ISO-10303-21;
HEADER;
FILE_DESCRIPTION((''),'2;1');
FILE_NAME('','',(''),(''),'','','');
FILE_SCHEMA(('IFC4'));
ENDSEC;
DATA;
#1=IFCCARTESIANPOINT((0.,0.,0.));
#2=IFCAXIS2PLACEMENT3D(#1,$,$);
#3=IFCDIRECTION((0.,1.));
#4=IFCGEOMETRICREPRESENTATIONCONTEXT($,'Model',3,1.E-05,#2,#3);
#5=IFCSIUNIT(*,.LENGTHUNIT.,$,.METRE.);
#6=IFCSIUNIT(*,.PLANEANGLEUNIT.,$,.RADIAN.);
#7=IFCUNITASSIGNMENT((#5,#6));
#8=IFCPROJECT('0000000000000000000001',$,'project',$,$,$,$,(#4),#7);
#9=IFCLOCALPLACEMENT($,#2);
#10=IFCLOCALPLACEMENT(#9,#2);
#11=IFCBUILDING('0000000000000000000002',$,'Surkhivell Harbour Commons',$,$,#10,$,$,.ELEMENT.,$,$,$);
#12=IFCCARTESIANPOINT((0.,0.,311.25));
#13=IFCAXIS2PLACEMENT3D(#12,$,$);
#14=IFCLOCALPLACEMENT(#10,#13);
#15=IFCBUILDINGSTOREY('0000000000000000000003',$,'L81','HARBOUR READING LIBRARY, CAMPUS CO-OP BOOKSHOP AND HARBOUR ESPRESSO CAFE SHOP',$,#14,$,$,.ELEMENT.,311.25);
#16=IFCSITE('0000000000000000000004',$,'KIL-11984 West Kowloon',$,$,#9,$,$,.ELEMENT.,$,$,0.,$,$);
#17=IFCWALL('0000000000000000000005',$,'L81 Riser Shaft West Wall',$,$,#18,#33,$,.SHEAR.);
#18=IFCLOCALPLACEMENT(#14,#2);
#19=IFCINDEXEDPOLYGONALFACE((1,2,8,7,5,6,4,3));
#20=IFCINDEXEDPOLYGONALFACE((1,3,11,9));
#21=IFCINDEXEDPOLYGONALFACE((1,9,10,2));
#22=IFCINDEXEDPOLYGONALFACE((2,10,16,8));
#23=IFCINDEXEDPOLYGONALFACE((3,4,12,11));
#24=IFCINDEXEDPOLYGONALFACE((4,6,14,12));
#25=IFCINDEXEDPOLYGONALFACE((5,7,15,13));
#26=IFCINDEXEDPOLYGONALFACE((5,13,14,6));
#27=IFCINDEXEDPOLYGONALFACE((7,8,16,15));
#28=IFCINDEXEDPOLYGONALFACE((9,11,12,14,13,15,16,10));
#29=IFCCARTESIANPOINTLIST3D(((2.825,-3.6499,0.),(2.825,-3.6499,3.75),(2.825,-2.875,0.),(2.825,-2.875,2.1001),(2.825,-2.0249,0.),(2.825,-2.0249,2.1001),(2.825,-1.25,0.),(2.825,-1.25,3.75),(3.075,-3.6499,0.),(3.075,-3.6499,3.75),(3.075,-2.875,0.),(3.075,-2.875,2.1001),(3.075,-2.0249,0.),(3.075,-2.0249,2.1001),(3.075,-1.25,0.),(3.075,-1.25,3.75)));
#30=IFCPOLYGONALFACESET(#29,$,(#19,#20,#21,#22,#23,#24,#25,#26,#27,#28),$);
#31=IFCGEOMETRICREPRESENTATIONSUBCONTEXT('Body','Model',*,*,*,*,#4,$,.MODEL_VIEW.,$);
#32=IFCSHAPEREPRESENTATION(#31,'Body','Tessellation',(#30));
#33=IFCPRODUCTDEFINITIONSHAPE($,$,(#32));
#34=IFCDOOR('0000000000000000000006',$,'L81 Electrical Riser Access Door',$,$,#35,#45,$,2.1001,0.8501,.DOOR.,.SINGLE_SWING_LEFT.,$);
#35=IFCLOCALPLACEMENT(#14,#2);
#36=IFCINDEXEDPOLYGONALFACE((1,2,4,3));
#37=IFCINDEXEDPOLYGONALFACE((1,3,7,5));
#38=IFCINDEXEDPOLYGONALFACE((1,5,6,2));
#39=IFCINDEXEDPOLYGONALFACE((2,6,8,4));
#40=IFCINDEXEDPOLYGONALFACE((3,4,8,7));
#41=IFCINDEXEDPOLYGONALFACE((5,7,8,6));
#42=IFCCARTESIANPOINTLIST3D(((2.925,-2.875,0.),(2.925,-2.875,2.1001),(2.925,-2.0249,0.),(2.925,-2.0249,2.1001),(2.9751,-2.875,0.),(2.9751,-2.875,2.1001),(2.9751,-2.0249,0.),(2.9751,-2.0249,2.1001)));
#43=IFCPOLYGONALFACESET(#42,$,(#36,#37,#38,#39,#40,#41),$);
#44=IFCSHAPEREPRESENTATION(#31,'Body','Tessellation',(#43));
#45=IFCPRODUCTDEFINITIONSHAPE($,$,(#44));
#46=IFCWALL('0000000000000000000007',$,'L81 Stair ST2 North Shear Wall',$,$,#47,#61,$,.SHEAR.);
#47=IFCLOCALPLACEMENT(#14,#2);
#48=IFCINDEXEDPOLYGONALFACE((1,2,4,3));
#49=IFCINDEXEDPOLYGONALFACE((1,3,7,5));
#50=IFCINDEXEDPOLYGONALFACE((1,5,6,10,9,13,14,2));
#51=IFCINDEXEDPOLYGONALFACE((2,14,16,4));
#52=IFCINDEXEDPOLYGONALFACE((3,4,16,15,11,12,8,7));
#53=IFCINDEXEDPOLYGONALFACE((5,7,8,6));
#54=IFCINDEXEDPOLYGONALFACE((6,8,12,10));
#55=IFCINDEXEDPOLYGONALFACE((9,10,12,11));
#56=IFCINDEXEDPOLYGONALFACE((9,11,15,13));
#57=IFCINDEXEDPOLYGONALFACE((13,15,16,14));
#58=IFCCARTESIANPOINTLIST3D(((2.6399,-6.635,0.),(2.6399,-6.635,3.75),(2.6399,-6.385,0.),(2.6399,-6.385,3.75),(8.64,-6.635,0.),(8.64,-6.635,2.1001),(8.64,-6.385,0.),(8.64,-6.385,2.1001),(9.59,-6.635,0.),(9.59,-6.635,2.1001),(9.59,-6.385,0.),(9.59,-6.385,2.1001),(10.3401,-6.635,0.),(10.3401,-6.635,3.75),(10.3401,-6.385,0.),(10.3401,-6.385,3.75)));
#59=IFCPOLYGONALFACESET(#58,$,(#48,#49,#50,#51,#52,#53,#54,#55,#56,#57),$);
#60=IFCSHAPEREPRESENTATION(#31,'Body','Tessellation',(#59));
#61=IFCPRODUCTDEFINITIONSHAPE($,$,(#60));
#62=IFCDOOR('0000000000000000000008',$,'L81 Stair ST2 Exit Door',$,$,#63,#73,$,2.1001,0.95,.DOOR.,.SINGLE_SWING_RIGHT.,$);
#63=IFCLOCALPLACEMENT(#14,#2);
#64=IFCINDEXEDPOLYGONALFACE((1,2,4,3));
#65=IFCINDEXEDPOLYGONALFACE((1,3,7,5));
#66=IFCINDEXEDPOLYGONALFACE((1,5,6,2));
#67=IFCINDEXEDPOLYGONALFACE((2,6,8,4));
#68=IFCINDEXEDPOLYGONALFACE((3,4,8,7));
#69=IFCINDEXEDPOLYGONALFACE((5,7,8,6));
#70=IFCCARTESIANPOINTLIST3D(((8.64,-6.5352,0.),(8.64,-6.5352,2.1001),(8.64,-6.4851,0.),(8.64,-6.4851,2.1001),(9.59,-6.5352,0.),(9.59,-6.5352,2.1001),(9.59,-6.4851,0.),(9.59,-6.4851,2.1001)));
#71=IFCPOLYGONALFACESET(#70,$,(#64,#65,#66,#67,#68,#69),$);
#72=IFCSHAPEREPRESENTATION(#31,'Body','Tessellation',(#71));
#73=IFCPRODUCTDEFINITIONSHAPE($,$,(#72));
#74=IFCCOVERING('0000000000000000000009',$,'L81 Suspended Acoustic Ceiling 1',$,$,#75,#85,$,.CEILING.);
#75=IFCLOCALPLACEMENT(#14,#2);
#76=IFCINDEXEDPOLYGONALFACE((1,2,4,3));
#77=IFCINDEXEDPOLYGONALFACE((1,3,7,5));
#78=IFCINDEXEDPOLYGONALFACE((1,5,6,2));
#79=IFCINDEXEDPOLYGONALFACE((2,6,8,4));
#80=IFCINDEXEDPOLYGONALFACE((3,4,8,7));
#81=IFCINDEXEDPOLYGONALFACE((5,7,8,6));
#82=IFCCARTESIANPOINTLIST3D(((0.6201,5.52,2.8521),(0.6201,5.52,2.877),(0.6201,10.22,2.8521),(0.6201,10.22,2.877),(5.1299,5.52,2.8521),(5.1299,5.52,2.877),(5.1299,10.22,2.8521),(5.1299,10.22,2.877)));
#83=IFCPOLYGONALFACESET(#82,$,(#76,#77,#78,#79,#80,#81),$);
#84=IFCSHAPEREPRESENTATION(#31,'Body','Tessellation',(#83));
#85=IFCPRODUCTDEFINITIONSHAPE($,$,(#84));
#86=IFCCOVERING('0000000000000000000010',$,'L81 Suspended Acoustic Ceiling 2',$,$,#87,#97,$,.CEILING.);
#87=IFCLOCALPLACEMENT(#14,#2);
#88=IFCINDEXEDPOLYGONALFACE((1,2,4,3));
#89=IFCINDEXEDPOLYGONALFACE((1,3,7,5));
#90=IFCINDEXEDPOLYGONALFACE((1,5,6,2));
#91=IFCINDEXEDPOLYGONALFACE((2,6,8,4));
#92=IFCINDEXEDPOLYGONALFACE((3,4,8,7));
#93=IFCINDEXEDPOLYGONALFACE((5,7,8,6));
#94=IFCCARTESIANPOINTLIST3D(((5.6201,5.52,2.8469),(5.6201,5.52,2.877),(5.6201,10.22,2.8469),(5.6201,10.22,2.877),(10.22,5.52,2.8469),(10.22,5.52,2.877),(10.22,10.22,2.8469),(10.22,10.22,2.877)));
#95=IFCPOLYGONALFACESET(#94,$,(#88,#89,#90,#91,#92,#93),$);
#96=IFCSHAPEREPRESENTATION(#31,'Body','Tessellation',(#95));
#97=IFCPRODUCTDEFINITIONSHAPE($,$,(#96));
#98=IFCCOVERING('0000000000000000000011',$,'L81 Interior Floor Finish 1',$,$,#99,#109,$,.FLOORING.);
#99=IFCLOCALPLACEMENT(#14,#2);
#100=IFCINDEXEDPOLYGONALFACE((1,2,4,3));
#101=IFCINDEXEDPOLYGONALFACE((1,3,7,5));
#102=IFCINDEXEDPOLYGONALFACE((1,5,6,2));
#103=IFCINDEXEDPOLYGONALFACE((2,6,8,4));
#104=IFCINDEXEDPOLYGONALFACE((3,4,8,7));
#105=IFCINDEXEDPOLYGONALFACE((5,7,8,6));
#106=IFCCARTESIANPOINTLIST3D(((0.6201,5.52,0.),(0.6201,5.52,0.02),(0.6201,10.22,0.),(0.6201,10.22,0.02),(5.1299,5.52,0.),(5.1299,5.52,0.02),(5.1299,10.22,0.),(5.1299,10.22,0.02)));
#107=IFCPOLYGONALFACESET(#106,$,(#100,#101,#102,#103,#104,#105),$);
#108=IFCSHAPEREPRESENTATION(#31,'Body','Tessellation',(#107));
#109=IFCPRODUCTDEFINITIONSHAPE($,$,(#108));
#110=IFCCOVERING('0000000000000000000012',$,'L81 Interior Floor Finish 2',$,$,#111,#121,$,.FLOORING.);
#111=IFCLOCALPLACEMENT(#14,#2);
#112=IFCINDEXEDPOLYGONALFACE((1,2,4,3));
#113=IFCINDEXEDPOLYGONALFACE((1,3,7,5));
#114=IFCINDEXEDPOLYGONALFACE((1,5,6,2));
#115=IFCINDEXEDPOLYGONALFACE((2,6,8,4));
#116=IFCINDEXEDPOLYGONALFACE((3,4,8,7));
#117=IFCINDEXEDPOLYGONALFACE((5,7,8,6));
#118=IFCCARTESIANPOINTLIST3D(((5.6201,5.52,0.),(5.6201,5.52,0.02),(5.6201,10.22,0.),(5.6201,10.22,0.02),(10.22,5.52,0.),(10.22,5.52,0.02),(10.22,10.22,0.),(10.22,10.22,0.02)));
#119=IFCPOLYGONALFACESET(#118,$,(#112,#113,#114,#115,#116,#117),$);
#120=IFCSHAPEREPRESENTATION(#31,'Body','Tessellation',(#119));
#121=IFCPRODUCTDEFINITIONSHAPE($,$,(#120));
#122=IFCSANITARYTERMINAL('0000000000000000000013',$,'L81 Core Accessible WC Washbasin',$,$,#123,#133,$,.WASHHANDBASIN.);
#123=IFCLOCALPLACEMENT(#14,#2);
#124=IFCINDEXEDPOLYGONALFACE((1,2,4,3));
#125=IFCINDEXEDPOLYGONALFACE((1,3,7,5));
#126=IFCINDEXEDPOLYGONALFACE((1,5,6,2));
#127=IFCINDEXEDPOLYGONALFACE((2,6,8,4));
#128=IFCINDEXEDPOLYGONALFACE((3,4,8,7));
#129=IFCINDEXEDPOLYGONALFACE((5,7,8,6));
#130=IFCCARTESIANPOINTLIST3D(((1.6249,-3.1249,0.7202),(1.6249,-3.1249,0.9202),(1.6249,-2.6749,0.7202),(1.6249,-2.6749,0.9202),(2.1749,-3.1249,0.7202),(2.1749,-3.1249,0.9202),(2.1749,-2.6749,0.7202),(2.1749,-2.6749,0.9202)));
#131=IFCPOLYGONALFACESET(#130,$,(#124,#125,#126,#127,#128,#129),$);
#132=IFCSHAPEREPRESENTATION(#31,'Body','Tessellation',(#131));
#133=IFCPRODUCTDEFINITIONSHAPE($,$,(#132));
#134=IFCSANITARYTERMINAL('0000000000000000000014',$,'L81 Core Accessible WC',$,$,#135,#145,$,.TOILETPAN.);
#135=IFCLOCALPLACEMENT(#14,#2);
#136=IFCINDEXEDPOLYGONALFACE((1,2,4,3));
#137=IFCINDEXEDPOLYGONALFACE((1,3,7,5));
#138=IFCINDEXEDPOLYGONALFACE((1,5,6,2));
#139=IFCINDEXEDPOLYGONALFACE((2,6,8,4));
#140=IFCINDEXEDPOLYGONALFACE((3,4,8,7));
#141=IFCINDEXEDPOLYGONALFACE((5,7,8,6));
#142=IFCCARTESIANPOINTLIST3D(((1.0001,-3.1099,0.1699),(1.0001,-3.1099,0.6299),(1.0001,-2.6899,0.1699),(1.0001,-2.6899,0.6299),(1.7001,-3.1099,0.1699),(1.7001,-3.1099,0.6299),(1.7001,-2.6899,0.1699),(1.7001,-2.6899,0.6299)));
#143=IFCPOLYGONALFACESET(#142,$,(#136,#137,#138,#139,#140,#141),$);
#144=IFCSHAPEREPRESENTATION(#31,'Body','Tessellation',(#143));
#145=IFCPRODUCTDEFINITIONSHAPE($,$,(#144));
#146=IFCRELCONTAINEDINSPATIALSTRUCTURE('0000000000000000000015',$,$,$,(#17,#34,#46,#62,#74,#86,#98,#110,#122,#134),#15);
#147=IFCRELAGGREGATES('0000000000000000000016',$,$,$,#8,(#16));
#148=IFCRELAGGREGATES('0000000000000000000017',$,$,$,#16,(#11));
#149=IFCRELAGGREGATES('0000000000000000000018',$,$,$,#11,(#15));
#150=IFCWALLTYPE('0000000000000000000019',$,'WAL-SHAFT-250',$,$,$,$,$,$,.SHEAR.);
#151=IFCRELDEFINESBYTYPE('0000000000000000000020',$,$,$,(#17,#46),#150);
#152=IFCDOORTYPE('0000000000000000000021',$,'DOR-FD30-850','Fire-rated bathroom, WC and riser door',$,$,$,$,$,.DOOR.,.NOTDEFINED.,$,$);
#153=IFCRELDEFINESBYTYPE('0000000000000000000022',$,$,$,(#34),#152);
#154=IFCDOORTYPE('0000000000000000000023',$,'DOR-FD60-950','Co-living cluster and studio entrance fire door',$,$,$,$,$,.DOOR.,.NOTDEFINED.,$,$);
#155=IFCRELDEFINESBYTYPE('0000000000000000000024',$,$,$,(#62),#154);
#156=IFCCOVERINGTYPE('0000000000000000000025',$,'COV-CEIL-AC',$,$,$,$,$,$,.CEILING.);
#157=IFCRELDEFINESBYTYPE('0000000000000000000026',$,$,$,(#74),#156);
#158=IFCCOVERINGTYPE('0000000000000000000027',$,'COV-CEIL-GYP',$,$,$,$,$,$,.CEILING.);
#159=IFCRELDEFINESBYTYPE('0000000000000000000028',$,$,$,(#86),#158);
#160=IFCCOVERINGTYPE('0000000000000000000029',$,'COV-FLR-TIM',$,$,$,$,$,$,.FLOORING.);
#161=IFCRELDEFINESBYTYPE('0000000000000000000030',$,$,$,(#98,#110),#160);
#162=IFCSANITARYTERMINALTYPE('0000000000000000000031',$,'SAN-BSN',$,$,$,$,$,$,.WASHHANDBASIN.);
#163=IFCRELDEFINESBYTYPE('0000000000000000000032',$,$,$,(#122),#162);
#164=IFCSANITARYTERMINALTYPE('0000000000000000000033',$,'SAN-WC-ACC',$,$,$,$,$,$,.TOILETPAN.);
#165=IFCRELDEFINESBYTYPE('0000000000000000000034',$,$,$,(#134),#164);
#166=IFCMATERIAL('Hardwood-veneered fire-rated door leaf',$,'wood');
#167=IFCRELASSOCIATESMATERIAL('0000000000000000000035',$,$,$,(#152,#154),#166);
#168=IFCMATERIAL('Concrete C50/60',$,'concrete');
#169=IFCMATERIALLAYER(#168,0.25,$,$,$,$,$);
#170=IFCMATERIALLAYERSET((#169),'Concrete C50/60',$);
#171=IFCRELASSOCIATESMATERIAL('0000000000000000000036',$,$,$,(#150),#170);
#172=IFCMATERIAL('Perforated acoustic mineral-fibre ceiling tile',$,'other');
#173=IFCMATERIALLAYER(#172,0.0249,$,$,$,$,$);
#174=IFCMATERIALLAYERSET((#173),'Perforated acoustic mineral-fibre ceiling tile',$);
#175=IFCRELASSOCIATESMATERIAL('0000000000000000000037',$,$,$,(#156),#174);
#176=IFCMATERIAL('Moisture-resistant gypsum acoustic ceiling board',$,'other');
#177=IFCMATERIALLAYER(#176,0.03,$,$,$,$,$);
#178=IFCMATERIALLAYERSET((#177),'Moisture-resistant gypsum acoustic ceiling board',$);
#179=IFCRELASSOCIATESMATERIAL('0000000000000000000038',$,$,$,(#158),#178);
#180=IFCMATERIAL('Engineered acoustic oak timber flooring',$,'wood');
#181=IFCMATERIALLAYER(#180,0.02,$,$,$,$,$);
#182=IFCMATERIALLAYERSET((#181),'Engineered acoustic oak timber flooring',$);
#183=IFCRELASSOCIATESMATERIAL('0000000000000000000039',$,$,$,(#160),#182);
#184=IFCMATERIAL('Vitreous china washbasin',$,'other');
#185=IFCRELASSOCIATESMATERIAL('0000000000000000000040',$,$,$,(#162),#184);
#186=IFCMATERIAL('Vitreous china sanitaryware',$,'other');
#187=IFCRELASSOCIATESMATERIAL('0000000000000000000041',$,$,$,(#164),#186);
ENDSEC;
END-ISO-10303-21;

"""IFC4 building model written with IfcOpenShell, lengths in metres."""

from ifc_helpers import new_model, si_unit, direction, frame, frame_2d, origin, origin_2d, place, context, subcontext, project, spatial, polyline, rectangle, outline, extrude, material, layer, layer_set, type_object, element, fill, save


model = new_model("IFC4")

# Units and contexts
model_context = context("Model", 3, precision=1e-05, world=origin(), true_north=direction((0.0, 1.0)))
body_context = subcontext(model_context, "Body", "Model", "MODEL_VIEW")
ifc_project = project(units=[si_unit("LENGTHUNIT", "METRE"), si_unit("PLANEANGLEUNIT", "RADIAN")], contexts=[model_context])

# Site, building, storey
site_placement = place(None, origin())
site = spatial("IfcSite", under=ifc_project, at=site_placement, Name="KIL-11984 West Kowloon", CompositionType="ELEMENT", RefElevation=0.0)
building_placement = place(site_placement, origin())
building = spatial("IfcBuilding", under=site, at=building_placement, Name="Surkhivell Harbour Commons", CompositionType="ELEMENT")
storey_placement = place(building_placement, frame((0.0, 0.0, 311.25)))
storey = spatial("IfcBuildingStorey", under=building, at=storey_placement, Name="L81", Description="HARBOUR READING LIBRARY, CAMPUS CO-OP BOOKSHOP AND HARBOUR ESPRESSO CAFE SHOP", CompositionType="ELEMENT", Elevation=311.25)

# Shared definitions
ifc_material_1 = material(Name="Hardwood-veneered fire-rated door leaf", Category="wood")
door_type_1 = type_object("IfcDoorType", Name="DOR-FD30-850", Description="Fire-rated bathroom, WC and riser door", OperationType="NOTDEFINED", PredefinedType="DOOR", material=ifc_material_1)

# Shared definitions
ifc_material_2 = material(Name="Concrete C50/60", Category="concrete")
ifc_layer_1 = layer(ifc_material_2, 0.25)
ifc_layer_set_1 = layer_set([ifc_layer_1], Name="Concrete C50/60")
wall_type_1 = type_object("IfcWallType", Name="WAL-SHAFT-250", PredefinedType="SHEAR", material=ifc_layer_set_1)

# Walls, openings, doors
wall_1_placement = place(storey_placement, frame((2.95, -3.6499, 0.0), z_axis=(0.0, 0.0, 1.0), x_axis=(0.0, 1.0, 0.0)))
wall_1 = element("IfcWall", 1, at=wall_1_placement, inside=storey, type_object=wall_type_1, Name="L81 Riser Shaft West Wall", PredefinedType="SHEAR", context=body_context, shape_type="SweptSolid", body=[
    extrude(rectangle(XDim=2.3999, YDim=0.25, at=frame_2d((1.2, 0.0))), origin(), (0.0, 0.0, 1.0), 3.75),
])
opening_1_placement = place(wall_1_placement, frame((0.7749, 0.0, 0.0)))
opening_1 = element("IfcOpeningElement", 2, at=opening_1_placement, cuts=wall_1, PredefinedType="OPENING", context=body_context, shape_type="SweptSolid", body=[
    extrude(rectangle(XDim=0.8501, YDim=2.1001, at=frame_2d((0.425, 1.05))), frame((0.0, 0.135, 0.0), z_axis=(0.0, -1.0, 0.0), x_axis=(1.0, 0.0, 0.0)), (0.0, 0.0, 1.0), 0.27),
])
door_1_placement = place(opening_1_placement, origin())
door_1 = element("IfcDoor", 3, at=door_1_placement, inside=storey, type_object=door_type_1, Name="L81 Electrical Riser Access Door", OperationType="SINGLE_SWING_LEFT", OverallHeight=2.1001, OverallWidth=0.8501, PredefinedType="DOOR", context=body_context, shape_type="SweptSolid", body=[
    extrude(rectangle(XDim=0.8501, YDim=2.1001, at=frame_2d((0.425, 1.05))), frame((0.0, 0.0249, 0.0), z_axis=(0.0, -1.0, 0.0), x_axis=(1.0, 0.0, 0.0)), (0.0, 0.0, 1.0), 0.05),
])
fill(opening_1, door_1)
wall_2_placement = place(storey_placement, frame((2.6399, -6.51, 0.0), z_axis=(0.0, 0.0, 1.0), x_axis=(1.0, 0.0, 0.0)))
wall_2 = element("IfcWall", 4, at=wall_2_placement, inside=storey, type_object=wall_type_1, Name="L81 Stair ST2 North Shear Wall", PredefinedType="SHEAR", context=body_context, shape_type="SweptSolid", body=[
    extrude(rectangle(XDim=7.7002, YDim=0.25, at=frame_2d((3.8501, 0.0))), origin(), (0.0, 0.0, 1.0), 3.75),
])
opening_2_placement = place(wall_2_placement, frame((6.0, 0.0, 0.0)))
opening_2 = element("IfcOpeningElement", 5, at=opening_2_placement, cuts=wall_2, PredefinedType="OPENING", context=body_context, shape_type="SweptSolid", body=[
    extrude(rectangle(XDim=0.95, YDim=2.1001, at=frame_2d((0.4751, 1.05))), frame((0.0, 0.135, 0.0), z_axis=(0.0, -1.0, 0.0), x_axis=(1.0, 0.0, 0.0)), (0.0, 0.0, 1.0), 0.27),
])
door_type_2 = type_object("IfcDoorType", Name="DOR-FD60-950", Description="Co-living cluster and studio entrance fire door", OperationType="NOTDEFINED", PredefinedType="DOOR", material=ifc_material_1)
door_2_placement = place(opening_2_placement, origin())
door_2 = element("IfcDoor", 6, at=door_2_placement, inside=storey, type_object=door_type_2, Name="L81 Stair ST2 Exit Door", OperationType="SINGLE_SWING_RIGHT", OverallHeight=2.1001, OverallWidth=0.95, PredefinedType="DOOR", context=body_context, shape_type="SweptSolid", body=[
    extrude(rectangle(XDim=0.95, YDim=2.1001, at=frame_2d((0.4751, 1.05))), frame((0.0, 0.0249, 0.0), z_axis=(0.0, -1.0, 0.0), x_axis=(1.0, 0.0, 0.0)), (0.0, 0.0, 1.0), 0.05),
])
fill(opening_2, door_2)

# Coverings
ifc_material_3 = material(Name="Perforated acoustic mineral-fibre ceiling tile", Category="other")
ifc_layer_2 = layer(ifc_material_3, 0.0249)
ifc_layer_set_2 = layer_set([ifc_layer_2], Name="Perforated acoustic mineral-fibre ceiling tile")
covering_type_1 = type_object("IfcCoveringType", Name="COV-CEIL-AC", PredefinedType="CEILING", material=ifc_layer_set_2)
covering_1_placement = place(storey_placement, frame((0.0, 0.0, 2.8521)))
element("IfcCovering", 7, at=covering_1_placement, inside=storey, type_object=covering_type_1, Name="L81 Suspended Acoustic Ceiling 1", PredefinedType="CEILING", context=body_context, shape_type="SweptSolid", body=[
    extrude(outline(polyline([(0.6201, 5.52), (5.1299, 5.52), (5.1299, 10.22), (0.6201, 10.22), (0.6201, 5.52)])), origin(), (0.0, 0.0, 1.0), 0.0249),
])
ifc_material_4 = material(Name="Moisture-resistant gypsum acoustic ceiling board", Category="other")
ifc_layer_3 = layer(ifc_material_4, 0.03)
ifc_layer_set_3 = layer_set([ifc_layer_3], Name="Moisture-resistant gypsum acoustic ceiling board")
covering_type_2 = type_object("IfcCoveringType", Name="COV-CEIL-GYP", PredefinedType="CEILING", material=ifc_layer_set_3)
covering_2_placement = place(storey_placement, frame((0.0, 0.0, 2.8469)))
element("IfcCovering", 8, at=covering_2_placement, inside=storey, type_object=covering_type_2, Name="L81 Suspended Acoustic Ceiling 2", PredefinedType="CEILING", context=body_context, shape_type="SweptSolid", body=[
    extrude(outline(polyline([(5.6201, 5.52), (10.22, 5.52), (10.22, 10.22), (5.6201, 10.22), (5.6201, 5.52)])), origin(), (0.0, 0.0, 1.0), 0.03),
])
ifc_material_5 = material(Name="Engineered acoustic oak timber flooring", Category="wood")
ifc_layer_4 = layer(ifc_material_5, 0.02)
ifc_layer_set_4 = layer_set([ifc_layer_4], Name="Engineered acoustic oak timber flooring")
covering_type_3 = type_object("IfcCoveringType", Name="COV-FLR-TIM", PredefinedType="FLOORING", material=ifc_layer_set_4)
covering_3_placement = place(storey_placement, origin())
element("IfcCovering", 9, at=covering_3_placement, inside=storey, type_object=covering_type_3, Name="L81 Interior Floor Finish 1", PredefinedType="FLOORING", context=body_context, shape_type="SweptSolid", body=[
    extrude(outline(polyline([(0.6201, 5.52), (5.1299, 5.52), (5.1299, 10.22), (0.6201, 10.22), (0.6201, 5.52)])), origin(), (0.0, 0.0, 1.0), 0.02),
])
covering_4_placement = place(storey_placement, origin())
element("IfcCovering", 10, at=covering_4_placement, inside=storey, type_object=covering_type_3, Name="L81 Interior Floor Finish 2", PredefinedType="FLOORING", context=body_context, shape_type="SweptSolid", body=[
    extrude(outline(polyline([(5.6201, 5.52), (10.22, 5.52), (10.22, 10.22), (5.6201, 10.22), (5.6201, 5.52)])), origin(), (0.0, 0.0, 1.0), 0.02),
])

# Sanitary terminals
ifc_material_6 = material(Name="Vitreous china washbasin", Category="other")
sanitary_terminal_type_1 = type_object("IfcSanitaryTerminalType", Name="SAN-BSN", PredefinedType="WASHHANDBASIN", material=ifc_material_6)
sanitary_terminal_1_placement = place(storey_placement, frame((1.8999, -2.8999, 0.7202), z_axis=(0.0, 0.0, 1.0), x_axis=(1.0, 0.0, 0.0)))
element("IfcSanitaryTerminal", 11, at=sanitary_terminal_1_placement, inside=storey, type_object=sanitary_terminal_type_1, Name="L81 Core Accessible WC Washbasin", PredefinedType="WASHHANDBASIN", context=body_context, shape_type="SweptSolid", body=[
    extrude(rectangle(XDim=0.55, YDim=0.45, at=origin_2d()), origin(), (0.0, 0.0, 1.0), 0.2),
])
ifc_material_7 = material(Name="Vitreous china sanitaryware", Category="other")
sanitary_terminal_type_2 = type_object("IfcSanitaryTerminalType", Name="SAN-WC-ACC", PredefinedType="TOILETPAN", material=ifc_material_7)
sanitary_terminal_2_placement = place(storey_placement, frame((1.3501, -2.8999, 0.1699), z_axis=(0.0, 0.0, 1.0), x_axis=(1.0, 0.0, 0.0)))
element("IfcSanitaryTerminal", 12, at=sanitary_terminal_2_placement, inside=storey, type_object=sanitary_terminal_type_2, Name="L81 Core Accessible WC", PredefinedType="TOILETPAN", context=body_context, shape_type="SweptSolid", body=[
    extrude(rectangle(XDim=0.7, YDim=0.4199, at=origin_2d()), origin(), (0.0, 0.0, 1.0), 0.46),
])

save(model, "model.ifc")
